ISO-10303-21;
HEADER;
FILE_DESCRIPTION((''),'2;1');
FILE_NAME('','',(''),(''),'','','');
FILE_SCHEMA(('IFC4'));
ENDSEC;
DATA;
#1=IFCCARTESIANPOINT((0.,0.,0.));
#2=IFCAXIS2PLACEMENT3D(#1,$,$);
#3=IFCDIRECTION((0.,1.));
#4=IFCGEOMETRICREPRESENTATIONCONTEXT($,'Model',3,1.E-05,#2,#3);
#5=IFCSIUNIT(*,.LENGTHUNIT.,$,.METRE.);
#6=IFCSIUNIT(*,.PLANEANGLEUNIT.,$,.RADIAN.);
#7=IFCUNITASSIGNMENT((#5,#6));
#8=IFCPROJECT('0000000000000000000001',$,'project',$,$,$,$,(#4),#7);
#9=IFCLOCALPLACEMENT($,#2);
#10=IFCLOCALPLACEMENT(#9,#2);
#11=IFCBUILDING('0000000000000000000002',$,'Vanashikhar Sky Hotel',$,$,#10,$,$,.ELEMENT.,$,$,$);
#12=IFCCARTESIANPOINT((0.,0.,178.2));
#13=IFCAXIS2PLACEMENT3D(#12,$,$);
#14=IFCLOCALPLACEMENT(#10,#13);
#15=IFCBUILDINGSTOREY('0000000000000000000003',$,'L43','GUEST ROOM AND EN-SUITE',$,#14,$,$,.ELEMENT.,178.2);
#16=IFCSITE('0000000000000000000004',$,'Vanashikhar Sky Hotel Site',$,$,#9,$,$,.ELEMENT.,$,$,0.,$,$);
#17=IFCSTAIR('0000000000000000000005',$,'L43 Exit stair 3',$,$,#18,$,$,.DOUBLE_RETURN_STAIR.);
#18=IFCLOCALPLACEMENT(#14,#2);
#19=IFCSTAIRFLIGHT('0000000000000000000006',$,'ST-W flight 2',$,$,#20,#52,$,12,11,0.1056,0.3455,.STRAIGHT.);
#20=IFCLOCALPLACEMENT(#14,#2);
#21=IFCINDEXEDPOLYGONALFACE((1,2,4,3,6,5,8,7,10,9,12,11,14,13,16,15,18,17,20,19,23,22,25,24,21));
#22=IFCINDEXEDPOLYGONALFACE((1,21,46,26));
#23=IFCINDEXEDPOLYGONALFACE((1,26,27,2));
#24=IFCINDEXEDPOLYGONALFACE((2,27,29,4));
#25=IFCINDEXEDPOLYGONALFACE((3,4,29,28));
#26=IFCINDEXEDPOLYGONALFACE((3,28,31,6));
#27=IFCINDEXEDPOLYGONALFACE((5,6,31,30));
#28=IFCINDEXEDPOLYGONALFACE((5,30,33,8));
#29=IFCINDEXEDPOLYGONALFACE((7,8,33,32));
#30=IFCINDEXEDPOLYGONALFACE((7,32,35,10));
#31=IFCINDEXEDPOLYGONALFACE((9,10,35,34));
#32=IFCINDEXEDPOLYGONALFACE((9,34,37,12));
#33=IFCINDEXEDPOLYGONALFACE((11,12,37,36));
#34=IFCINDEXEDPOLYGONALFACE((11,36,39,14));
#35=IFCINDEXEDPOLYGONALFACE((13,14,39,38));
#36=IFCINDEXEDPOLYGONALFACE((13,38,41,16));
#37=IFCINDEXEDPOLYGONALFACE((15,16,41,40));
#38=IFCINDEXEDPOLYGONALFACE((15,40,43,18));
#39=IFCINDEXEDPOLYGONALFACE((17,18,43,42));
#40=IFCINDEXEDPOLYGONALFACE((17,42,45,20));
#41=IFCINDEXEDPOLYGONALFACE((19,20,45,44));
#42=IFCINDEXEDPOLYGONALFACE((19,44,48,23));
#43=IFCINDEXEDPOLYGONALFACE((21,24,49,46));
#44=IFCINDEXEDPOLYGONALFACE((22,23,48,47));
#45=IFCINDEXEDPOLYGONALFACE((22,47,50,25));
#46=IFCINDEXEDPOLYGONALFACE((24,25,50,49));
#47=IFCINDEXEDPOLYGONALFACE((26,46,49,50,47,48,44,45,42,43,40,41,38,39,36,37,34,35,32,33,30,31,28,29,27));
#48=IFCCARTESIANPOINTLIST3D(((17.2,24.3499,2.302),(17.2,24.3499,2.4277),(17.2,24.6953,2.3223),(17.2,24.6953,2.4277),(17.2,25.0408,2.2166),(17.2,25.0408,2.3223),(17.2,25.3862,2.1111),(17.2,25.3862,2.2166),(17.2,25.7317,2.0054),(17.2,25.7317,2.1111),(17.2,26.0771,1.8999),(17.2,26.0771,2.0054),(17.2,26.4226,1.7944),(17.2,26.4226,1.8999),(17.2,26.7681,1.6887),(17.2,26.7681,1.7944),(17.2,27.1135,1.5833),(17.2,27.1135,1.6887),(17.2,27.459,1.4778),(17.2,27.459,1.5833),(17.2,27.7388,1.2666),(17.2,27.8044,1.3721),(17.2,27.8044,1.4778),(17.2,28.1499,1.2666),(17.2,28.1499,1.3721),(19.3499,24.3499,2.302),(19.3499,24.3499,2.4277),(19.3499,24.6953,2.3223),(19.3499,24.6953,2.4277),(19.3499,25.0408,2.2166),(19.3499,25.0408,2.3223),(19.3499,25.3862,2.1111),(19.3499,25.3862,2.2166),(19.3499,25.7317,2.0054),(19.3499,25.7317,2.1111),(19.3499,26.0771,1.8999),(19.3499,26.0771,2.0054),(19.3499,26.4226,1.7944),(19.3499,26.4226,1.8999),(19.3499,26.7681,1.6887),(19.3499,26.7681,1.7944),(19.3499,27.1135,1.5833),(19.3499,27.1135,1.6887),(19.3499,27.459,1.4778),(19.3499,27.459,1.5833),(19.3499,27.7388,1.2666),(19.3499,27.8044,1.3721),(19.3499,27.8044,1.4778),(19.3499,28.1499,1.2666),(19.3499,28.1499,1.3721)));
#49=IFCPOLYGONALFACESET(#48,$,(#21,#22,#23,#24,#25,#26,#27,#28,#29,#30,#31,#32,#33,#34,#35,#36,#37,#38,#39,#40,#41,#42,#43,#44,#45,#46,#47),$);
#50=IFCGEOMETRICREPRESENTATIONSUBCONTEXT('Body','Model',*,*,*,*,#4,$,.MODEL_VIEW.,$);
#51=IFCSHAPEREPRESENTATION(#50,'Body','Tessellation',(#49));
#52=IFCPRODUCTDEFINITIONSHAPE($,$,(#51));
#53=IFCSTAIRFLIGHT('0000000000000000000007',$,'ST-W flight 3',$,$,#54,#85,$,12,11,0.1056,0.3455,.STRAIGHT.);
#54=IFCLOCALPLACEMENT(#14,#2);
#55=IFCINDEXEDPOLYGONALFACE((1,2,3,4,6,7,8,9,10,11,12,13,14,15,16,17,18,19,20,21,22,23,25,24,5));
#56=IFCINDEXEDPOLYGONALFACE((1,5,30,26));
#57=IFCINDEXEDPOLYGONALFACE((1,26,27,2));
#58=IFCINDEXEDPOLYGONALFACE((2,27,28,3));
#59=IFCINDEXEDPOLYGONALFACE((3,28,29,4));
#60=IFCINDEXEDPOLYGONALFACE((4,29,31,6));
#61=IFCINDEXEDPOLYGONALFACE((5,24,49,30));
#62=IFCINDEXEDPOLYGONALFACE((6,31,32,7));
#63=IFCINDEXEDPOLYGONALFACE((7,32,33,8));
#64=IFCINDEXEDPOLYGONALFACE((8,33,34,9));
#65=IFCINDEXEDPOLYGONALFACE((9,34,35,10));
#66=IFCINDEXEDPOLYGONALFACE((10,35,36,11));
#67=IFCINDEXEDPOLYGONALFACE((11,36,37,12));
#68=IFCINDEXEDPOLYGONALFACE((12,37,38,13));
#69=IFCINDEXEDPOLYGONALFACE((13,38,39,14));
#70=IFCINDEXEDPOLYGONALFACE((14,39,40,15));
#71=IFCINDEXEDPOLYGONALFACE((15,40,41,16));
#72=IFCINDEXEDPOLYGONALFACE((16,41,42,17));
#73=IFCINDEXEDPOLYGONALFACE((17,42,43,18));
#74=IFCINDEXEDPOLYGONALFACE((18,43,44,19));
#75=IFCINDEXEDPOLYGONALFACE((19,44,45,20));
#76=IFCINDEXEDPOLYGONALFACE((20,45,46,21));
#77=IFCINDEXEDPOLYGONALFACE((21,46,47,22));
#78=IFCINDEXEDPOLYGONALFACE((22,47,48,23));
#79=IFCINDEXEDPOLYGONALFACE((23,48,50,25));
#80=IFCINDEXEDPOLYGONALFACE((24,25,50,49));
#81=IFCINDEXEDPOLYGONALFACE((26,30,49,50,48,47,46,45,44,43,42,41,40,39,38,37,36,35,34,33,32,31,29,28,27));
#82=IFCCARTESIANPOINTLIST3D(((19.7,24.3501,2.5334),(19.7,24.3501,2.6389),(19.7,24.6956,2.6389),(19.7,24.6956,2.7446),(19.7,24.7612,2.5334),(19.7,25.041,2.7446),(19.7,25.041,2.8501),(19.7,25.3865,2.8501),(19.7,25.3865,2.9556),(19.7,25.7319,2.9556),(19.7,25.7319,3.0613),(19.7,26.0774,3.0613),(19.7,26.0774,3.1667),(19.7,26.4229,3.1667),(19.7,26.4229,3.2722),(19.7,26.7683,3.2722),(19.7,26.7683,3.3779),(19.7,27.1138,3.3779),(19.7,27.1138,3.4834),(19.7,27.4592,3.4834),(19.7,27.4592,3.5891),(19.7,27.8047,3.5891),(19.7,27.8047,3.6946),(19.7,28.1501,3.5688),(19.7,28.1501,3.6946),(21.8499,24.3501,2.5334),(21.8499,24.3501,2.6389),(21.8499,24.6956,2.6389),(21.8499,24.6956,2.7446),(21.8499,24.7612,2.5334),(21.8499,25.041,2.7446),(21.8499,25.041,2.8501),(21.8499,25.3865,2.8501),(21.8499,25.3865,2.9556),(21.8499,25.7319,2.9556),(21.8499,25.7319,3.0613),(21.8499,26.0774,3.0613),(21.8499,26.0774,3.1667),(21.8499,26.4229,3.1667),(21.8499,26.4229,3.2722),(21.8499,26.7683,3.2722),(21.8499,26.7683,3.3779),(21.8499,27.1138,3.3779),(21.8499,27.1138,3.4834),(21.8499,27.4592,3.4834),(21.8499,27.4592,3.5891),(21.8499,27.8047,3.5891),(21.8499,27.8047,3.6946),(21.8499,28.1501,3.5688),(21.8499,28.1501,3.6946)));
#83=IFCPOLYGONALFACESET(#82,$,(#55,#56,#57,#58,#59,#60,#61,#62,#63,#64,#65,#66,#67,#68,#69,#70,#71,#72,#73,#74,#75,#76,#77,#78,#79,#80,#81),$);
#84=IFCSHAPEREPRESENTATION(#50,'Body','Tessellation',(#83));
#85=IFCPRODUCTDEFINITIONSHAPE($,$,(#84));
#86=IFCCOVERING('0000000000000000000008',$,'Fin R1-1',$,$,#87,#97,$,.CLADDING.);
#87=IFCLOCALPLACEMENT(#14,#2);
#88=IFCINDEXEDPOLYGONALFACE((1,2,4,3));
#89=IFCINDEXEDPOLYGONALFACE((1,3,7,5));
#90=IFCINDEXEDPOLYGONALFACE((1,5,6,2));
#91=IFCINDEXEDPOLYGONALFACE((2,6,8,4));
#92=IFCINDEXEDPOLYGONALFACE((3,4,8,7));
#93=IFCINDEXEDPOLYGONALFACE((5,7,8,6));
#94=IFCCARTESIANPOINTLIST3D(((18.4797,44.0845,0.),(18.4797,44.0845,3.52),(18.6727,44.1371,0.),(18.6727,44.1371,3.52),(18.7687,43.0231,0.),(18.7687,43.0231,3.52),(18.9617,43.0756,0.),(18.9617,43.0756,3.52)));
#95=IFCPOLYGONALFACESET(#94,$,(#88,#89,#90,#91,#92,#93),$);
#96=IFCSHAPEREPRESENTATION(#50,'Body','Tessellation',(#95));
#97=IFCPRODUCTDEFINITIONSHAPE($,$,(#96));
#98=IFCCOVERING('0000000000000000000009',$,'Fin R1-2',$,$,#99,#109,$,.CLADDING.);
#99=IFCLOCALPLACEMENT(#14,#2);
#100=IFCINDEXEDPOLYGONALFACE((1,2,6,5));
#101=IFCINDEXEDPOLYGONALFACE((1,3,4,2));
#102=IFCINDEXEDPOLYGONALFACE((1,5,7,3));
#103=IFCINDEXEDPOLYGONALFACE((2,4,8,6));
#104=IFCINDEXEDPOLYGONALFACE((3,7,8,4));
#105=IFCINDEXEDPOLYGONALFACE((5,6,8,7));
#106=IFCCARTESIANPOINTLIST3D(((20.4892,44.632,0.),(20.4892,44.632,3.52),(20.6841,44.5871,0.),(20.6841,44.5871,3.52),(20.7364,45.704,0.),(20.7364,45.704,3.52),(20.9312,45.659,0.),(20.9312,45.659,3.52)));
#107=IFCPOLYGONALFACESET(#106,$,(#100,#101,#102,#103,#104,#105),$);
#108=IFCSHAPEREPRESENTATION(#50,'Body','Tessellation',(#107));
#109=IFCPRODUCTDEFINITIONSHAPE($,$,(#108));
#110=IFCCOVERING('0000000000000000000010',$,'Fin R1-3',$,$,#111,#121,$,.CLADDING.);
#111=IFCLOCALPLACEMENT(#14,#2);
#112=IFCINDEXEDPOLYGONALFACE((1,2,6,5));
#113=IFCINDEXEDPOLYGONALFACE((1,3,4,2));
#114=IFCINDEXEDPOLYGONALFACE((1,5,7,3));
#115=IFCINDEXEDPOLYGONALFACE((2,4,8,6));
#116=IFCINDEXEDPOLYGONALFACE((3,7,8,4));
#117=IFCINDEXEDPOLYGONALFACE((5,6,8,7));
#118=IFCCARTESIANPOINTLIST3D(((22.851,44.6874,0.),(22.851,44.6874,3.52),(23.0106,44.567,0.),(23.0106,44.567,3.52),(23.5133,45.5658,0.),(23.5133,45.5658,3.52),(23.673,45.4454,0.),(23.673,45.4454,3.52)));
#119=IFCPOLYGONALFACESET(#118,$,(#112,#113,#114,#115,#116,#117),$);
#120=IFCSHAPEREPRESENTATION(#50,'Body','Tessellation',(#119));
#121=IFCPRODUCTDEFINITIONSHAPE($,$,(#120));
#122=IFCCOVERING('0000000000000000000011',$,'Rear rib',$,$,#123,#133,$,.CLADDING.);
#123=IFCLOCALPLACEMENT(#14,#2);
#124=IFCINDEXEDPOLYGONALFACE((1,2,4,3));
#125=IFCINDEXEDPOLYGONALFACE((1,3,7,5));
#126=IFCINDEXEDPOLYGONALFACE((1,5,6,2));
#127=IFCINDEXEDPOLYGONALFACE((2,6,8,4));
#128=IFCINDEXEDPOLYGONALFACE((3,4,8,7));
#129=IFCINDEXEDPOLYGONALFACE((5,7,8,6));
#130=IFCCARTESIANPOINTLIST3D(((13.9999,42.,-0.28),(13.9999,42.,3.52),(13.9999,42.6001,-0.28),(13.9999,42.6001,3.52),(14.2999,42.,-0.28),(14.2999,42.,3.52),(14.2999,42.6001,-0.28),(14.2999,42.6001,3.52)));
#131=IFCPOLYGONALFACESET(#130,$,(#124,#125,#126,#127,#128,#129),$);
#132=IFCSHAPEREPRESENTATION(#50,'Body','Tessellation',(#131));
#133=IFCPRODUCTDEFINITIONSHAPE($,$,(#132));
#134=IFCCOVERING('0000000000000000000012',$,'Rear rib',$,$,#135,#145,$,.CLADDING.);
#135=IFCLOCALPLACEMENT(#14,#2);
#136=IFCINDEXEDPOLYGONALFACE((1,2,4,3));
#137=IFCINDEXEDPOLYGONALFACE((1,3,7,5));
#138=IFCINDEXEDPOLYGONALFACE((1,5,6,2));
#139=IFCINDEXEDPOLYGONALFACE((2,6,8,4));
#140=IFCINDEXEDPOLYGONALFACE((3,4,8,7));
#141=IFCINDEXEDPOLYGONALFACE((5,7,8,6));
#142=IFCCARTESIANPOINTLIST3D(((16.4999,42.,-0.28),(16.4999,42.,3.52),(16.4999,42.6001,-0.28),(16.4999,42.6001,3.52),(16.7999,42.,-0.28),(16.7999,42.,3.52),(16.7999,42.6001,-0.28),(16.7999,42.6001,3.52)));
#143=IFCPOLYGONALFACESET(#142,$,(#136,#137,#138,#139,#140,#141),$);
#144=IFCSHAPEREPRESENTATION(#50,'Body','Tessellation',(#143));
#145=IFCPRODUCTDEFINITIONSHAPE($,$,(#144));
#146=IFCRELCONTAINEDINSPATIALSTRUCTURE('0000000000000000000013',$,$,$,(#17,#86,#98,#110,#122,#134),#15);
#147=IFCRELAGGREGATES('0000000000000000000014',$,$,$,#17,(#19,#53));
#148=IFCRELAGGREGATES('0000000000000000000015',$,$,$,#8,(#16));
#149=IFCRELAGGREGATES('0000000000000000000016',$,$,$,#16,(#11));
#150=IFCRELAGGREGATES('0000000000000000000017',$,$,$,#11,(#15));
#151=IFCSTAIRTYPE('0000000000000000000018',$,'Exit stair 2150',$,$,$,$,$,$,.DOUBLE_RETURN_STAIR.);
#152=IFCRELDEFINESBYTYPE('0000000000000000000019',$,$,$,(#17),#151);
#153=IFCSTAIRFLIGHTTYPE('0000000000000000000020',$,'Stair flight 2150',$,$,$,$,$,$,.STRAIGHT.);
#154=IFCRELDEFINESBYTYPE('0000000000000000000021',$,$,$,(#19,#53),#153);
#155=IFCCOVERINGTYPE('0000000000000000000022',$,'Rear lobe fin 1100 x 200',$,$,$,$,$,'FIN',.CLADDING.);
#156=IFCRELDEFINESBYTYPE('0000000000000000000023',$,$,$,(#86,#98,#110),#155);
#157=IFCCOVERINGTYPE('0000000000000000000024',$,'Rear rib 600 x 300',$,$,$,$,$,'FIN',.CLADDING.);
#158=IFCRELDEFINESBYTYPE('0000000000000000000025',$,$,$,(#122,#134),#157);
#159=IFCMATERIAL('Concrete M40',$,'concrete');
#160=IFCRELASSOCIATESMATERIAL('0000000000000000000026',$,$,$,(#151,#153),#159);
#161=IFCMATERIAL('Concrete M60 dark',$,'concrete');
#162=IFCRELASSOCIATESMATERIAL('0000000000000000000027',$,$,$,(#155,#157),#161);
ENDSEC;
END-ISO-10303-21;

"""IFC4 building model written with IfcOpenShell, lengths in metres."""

from ifc_helpers import new_model, si_unit, direction, frame, origin, origin_2d, place, context, subcontext, project, spatial, polyline, rectangle, outline, extrude, source, transform, mapped, material, material_profile, profile_set, type_object, element, aggregate, save


model = new_model("IFC4")

# Units and contexts
model_context = context("Model", 3, precision=1e-05, world=origin(), true_north=direction((0.0, 1.0)))
body_context = subcontext(model_context, "Body", "Model", "MODEL_VIEW")
ifc_project = project(units=[si_unit("LENGTHUNIT", "METRE"), si_unit("PLANEANGLEUNIT", "RADIAN")], contexts=[model_context])

# Site, building, storey
site_placement = place(None, origin())
site = spatial("IfcSite", under=ifc_project, at=site_placement, Name="Vanashikhar Sky Hotel Site", CompositionType="ELEMENT", RefElevation=0.0)
building_placement = place(site_placement, origin())
building = spatial("IfcBuilding", under=site, at=building_placement, Name="Vanashikhar Sky Hotel", CompositionType="ELEMENT")
storey_placement = place(building_placement, frame((0.0, 0.0, 178.2)))
storey = spatial("IfcBuildingStorey", under=building, at=storey_placement, Name="L43", Description="GUEST ROOM AND EN-SUITE", CompositionType="ELEMENT", Elevation=178.2)

# Stair, stair flights
ifc_material_1 = material(Name="Concrete M40", Category="concrete")
stair_type = type_object("IfcStairType", Name="Exit stair 2150", PredefinedType="DOUBLE_RETURN_STAIR", material=ifc_material_1)
stair_placement = place(storey_placement, origin())
stair = element("IfcStair", 1, at=stair_placement, inside=storey, type_object=stair_type, Name="L43 Exit stair 3", PredefinedType="DOUBLE_RETURN_STAIR")
stair_flight_type = type_object("IfcStairFlightType", Name="Stair flight 2150", PredefinedType="STRAIGHT", material=ifc_material_1)
shared_shape_1 = source(origin(), body_context, "Body", "SweptSolid", [
    extrude(outline(polyline([(0.0, 0.0), (0.0, 0.1055), (0.3455, 0.1055), (0.3455, 0.2112), (0.6909, 0.2112), (0.6909, 0.3167), (1.0364, 0.3167), (1.0364, 0.4221), (1.3818, 0.4221), (1.3818, 0.5278), (1.7273, 0.5278), (1.7273, 0.6333), (2.0728, 0.6333), (2.0728, 0.7388), (2.4182, 0.7388), (2.4182, 0.8445), (2.7637, 0.8445), (2.7637, 0.95), (3.1091, 0.95), (3.1091, 1.0557), (3.4546, 1.0557), (3.4546, 1.1611), (3.8, 1.1611), (3.8, 1.2666), (3.8, 1.0354), (0.4111, 0.0), (0.0, 0.0)])), frame((0.0, 1.075, 0.0), z_axis=(0.0, -1.0, 0.0), x_axis=(1.0, 0.0, 0.0)), (0.0, 0.0, 1.0), 2.1499),
])
stair_flight_1_placement = place(storey_placement, frame((18.2749, 28.1499, 1.2666), z_axis=(0.0, 0.0, 1.0), x_axis=(0.0, -1.0, 0.0)))
stair_flight_1 = element("IfcStairFlight", 2, at=stair_flight_1_placement, type_object=stair_flight_type, Name="ST-W flight 2", NumberOfRisers=12, NumberOfTreads=11, PredefinedType="STRAIGHT", RiserHeight=0.1056, TreadLength=0.3455, context=body_context, shape_type="MappedRepresentation", body=[
    mapped(shared_shape_1, transform((0.0, 0.0, 0.0), scale=1.0)),
])
stair_flight_2_placement = place(storey_placement, frame((20.7749, 24.3501, 2.5334), z_axis=(0.0, 0.0, 1.0), x_axis=(0.0, 1.0, 0.0)))
stair_flight_2 = element("IfcStairFlight", 3, at=stair_flight_2_placement, type_object=stair_flight_type, Name="ST-W flight 3", NumberOfRisers=12, NumberOfTreads=11, PredefinedType="STRAIGHT", RiserHeight=0.1056, TreadLength=0.3455, context=body_context, shape_type="MappedRepresentation", body=[
    mapped(shared_shape_1, transform((0.0, 0.0, 0.0), scale=1.0)),
])
aggregate(stair, [stair_flight_1, stair_flight_2])

# Coverings
ifc_material_2 = material(Name="Concrete M60 dark", Category="concrete")
ifc_material_profile_1 = material_profile(ifc_material_2, rectangle(XDim=1.1001, YDim=0.2, at=origin_2d()))
ifc_profile_set_1 = profile_set([ifc_material_profile_1], Name="Rear lobe fin 1100 x 200")
covering_type_1 = type_object("IfcCoveringType", Name="Rear lobe fin 1100 x 200", ElementType="FIN", PredefinedType="CLADDING", material=ifc_profile_set_1)
shared_shape_2 = source(origin(), body_context, "Body", "SweptSolid", [
    extrude(rectangle(XDim=1.1001, YDim=0.2, at=origin_2d()), origin(), (0.0, 0.0, 1.0), 3.52),
])
for number, where, z_axis, x_axis, name in (
    (4, (18.7207, 43.5801, 0.0), (0.0, 0.0, 1.0), (-0.262711, 0.964874, 0.0), "Fin R1-1"),
    (5, (20.7102, 45.1455, 0.0), (0.0, 0.0, 1.0), (0.224645, 0.974441, 0.0), "Fin R1-2"),
    (6, (23.262, 45.0664, 0.0), (0.0, 0.0, 1.0), (0.602066, 0.798446, 0.0), "Fin R1-3"),
):
    element("IfcCovering", number, at=place(storey_placement, frame(where, z_axis=z_axis, x_axis=x_axis)), inside=storey, type_object=covering_type_1, Name=name, PredefinedType="CLADDING", context=body_context, shape_type="MappedRepresentation", body=[
        mapped(shared_shape_2, transform((0.0, 0.0, 0.0), scale=1.0)),
    ])
ifc_material_profile_2 = material_profile(ifc_material_2, rectangle(XDim=0.6001, YDim=0.3, at=origin_2d()))
ifc_profile_set_2 = profile_set([ifc_material_profile_2], Name="Rear rib 600 x 300")
covering_type_2 = type_object("IfcCoveringType", Name="Rear rib 600 x 300", ElementType="FIN", PredefinedType="CLADDING", material=ifc_profile_set_2)
shared_shape_3 = source(origin(), body_context, "Body", "SweptSolid", [
    extrude(rectangle(XDim=0.6001, YDim=0.3, at=origin_2d()), origin(), (0.0, 0.0, 1.0), 3.8),
])
for number, where, z_axis, x_axis, name in (
    (7, (14.1499, 42.3, -0.28), (0.0, 0.0, 1.0), (0.0, 1.0, 0.0), "Rear rib"),
    (8, (16.6499, 42.3, -0.28), (0.0, 0.0, 1.0), (0.0, 1.0, 0.0), "Rear rib"),
):
    element("IfcCovering", number, at=place(storey_placement, frame(where, z_axis=z_axis, x_axis=x_axis)), inside=storey, type_object=covering_type_2, Name=name, PredefinedType="CLADDING", context=body_context, shape_type="MappedRepresentation", body=[
        mapped(shared_shape_3, transform((0.0, 0.0, 0.0), scale=1.0)),
    ])

save(model, "model.ifc")
